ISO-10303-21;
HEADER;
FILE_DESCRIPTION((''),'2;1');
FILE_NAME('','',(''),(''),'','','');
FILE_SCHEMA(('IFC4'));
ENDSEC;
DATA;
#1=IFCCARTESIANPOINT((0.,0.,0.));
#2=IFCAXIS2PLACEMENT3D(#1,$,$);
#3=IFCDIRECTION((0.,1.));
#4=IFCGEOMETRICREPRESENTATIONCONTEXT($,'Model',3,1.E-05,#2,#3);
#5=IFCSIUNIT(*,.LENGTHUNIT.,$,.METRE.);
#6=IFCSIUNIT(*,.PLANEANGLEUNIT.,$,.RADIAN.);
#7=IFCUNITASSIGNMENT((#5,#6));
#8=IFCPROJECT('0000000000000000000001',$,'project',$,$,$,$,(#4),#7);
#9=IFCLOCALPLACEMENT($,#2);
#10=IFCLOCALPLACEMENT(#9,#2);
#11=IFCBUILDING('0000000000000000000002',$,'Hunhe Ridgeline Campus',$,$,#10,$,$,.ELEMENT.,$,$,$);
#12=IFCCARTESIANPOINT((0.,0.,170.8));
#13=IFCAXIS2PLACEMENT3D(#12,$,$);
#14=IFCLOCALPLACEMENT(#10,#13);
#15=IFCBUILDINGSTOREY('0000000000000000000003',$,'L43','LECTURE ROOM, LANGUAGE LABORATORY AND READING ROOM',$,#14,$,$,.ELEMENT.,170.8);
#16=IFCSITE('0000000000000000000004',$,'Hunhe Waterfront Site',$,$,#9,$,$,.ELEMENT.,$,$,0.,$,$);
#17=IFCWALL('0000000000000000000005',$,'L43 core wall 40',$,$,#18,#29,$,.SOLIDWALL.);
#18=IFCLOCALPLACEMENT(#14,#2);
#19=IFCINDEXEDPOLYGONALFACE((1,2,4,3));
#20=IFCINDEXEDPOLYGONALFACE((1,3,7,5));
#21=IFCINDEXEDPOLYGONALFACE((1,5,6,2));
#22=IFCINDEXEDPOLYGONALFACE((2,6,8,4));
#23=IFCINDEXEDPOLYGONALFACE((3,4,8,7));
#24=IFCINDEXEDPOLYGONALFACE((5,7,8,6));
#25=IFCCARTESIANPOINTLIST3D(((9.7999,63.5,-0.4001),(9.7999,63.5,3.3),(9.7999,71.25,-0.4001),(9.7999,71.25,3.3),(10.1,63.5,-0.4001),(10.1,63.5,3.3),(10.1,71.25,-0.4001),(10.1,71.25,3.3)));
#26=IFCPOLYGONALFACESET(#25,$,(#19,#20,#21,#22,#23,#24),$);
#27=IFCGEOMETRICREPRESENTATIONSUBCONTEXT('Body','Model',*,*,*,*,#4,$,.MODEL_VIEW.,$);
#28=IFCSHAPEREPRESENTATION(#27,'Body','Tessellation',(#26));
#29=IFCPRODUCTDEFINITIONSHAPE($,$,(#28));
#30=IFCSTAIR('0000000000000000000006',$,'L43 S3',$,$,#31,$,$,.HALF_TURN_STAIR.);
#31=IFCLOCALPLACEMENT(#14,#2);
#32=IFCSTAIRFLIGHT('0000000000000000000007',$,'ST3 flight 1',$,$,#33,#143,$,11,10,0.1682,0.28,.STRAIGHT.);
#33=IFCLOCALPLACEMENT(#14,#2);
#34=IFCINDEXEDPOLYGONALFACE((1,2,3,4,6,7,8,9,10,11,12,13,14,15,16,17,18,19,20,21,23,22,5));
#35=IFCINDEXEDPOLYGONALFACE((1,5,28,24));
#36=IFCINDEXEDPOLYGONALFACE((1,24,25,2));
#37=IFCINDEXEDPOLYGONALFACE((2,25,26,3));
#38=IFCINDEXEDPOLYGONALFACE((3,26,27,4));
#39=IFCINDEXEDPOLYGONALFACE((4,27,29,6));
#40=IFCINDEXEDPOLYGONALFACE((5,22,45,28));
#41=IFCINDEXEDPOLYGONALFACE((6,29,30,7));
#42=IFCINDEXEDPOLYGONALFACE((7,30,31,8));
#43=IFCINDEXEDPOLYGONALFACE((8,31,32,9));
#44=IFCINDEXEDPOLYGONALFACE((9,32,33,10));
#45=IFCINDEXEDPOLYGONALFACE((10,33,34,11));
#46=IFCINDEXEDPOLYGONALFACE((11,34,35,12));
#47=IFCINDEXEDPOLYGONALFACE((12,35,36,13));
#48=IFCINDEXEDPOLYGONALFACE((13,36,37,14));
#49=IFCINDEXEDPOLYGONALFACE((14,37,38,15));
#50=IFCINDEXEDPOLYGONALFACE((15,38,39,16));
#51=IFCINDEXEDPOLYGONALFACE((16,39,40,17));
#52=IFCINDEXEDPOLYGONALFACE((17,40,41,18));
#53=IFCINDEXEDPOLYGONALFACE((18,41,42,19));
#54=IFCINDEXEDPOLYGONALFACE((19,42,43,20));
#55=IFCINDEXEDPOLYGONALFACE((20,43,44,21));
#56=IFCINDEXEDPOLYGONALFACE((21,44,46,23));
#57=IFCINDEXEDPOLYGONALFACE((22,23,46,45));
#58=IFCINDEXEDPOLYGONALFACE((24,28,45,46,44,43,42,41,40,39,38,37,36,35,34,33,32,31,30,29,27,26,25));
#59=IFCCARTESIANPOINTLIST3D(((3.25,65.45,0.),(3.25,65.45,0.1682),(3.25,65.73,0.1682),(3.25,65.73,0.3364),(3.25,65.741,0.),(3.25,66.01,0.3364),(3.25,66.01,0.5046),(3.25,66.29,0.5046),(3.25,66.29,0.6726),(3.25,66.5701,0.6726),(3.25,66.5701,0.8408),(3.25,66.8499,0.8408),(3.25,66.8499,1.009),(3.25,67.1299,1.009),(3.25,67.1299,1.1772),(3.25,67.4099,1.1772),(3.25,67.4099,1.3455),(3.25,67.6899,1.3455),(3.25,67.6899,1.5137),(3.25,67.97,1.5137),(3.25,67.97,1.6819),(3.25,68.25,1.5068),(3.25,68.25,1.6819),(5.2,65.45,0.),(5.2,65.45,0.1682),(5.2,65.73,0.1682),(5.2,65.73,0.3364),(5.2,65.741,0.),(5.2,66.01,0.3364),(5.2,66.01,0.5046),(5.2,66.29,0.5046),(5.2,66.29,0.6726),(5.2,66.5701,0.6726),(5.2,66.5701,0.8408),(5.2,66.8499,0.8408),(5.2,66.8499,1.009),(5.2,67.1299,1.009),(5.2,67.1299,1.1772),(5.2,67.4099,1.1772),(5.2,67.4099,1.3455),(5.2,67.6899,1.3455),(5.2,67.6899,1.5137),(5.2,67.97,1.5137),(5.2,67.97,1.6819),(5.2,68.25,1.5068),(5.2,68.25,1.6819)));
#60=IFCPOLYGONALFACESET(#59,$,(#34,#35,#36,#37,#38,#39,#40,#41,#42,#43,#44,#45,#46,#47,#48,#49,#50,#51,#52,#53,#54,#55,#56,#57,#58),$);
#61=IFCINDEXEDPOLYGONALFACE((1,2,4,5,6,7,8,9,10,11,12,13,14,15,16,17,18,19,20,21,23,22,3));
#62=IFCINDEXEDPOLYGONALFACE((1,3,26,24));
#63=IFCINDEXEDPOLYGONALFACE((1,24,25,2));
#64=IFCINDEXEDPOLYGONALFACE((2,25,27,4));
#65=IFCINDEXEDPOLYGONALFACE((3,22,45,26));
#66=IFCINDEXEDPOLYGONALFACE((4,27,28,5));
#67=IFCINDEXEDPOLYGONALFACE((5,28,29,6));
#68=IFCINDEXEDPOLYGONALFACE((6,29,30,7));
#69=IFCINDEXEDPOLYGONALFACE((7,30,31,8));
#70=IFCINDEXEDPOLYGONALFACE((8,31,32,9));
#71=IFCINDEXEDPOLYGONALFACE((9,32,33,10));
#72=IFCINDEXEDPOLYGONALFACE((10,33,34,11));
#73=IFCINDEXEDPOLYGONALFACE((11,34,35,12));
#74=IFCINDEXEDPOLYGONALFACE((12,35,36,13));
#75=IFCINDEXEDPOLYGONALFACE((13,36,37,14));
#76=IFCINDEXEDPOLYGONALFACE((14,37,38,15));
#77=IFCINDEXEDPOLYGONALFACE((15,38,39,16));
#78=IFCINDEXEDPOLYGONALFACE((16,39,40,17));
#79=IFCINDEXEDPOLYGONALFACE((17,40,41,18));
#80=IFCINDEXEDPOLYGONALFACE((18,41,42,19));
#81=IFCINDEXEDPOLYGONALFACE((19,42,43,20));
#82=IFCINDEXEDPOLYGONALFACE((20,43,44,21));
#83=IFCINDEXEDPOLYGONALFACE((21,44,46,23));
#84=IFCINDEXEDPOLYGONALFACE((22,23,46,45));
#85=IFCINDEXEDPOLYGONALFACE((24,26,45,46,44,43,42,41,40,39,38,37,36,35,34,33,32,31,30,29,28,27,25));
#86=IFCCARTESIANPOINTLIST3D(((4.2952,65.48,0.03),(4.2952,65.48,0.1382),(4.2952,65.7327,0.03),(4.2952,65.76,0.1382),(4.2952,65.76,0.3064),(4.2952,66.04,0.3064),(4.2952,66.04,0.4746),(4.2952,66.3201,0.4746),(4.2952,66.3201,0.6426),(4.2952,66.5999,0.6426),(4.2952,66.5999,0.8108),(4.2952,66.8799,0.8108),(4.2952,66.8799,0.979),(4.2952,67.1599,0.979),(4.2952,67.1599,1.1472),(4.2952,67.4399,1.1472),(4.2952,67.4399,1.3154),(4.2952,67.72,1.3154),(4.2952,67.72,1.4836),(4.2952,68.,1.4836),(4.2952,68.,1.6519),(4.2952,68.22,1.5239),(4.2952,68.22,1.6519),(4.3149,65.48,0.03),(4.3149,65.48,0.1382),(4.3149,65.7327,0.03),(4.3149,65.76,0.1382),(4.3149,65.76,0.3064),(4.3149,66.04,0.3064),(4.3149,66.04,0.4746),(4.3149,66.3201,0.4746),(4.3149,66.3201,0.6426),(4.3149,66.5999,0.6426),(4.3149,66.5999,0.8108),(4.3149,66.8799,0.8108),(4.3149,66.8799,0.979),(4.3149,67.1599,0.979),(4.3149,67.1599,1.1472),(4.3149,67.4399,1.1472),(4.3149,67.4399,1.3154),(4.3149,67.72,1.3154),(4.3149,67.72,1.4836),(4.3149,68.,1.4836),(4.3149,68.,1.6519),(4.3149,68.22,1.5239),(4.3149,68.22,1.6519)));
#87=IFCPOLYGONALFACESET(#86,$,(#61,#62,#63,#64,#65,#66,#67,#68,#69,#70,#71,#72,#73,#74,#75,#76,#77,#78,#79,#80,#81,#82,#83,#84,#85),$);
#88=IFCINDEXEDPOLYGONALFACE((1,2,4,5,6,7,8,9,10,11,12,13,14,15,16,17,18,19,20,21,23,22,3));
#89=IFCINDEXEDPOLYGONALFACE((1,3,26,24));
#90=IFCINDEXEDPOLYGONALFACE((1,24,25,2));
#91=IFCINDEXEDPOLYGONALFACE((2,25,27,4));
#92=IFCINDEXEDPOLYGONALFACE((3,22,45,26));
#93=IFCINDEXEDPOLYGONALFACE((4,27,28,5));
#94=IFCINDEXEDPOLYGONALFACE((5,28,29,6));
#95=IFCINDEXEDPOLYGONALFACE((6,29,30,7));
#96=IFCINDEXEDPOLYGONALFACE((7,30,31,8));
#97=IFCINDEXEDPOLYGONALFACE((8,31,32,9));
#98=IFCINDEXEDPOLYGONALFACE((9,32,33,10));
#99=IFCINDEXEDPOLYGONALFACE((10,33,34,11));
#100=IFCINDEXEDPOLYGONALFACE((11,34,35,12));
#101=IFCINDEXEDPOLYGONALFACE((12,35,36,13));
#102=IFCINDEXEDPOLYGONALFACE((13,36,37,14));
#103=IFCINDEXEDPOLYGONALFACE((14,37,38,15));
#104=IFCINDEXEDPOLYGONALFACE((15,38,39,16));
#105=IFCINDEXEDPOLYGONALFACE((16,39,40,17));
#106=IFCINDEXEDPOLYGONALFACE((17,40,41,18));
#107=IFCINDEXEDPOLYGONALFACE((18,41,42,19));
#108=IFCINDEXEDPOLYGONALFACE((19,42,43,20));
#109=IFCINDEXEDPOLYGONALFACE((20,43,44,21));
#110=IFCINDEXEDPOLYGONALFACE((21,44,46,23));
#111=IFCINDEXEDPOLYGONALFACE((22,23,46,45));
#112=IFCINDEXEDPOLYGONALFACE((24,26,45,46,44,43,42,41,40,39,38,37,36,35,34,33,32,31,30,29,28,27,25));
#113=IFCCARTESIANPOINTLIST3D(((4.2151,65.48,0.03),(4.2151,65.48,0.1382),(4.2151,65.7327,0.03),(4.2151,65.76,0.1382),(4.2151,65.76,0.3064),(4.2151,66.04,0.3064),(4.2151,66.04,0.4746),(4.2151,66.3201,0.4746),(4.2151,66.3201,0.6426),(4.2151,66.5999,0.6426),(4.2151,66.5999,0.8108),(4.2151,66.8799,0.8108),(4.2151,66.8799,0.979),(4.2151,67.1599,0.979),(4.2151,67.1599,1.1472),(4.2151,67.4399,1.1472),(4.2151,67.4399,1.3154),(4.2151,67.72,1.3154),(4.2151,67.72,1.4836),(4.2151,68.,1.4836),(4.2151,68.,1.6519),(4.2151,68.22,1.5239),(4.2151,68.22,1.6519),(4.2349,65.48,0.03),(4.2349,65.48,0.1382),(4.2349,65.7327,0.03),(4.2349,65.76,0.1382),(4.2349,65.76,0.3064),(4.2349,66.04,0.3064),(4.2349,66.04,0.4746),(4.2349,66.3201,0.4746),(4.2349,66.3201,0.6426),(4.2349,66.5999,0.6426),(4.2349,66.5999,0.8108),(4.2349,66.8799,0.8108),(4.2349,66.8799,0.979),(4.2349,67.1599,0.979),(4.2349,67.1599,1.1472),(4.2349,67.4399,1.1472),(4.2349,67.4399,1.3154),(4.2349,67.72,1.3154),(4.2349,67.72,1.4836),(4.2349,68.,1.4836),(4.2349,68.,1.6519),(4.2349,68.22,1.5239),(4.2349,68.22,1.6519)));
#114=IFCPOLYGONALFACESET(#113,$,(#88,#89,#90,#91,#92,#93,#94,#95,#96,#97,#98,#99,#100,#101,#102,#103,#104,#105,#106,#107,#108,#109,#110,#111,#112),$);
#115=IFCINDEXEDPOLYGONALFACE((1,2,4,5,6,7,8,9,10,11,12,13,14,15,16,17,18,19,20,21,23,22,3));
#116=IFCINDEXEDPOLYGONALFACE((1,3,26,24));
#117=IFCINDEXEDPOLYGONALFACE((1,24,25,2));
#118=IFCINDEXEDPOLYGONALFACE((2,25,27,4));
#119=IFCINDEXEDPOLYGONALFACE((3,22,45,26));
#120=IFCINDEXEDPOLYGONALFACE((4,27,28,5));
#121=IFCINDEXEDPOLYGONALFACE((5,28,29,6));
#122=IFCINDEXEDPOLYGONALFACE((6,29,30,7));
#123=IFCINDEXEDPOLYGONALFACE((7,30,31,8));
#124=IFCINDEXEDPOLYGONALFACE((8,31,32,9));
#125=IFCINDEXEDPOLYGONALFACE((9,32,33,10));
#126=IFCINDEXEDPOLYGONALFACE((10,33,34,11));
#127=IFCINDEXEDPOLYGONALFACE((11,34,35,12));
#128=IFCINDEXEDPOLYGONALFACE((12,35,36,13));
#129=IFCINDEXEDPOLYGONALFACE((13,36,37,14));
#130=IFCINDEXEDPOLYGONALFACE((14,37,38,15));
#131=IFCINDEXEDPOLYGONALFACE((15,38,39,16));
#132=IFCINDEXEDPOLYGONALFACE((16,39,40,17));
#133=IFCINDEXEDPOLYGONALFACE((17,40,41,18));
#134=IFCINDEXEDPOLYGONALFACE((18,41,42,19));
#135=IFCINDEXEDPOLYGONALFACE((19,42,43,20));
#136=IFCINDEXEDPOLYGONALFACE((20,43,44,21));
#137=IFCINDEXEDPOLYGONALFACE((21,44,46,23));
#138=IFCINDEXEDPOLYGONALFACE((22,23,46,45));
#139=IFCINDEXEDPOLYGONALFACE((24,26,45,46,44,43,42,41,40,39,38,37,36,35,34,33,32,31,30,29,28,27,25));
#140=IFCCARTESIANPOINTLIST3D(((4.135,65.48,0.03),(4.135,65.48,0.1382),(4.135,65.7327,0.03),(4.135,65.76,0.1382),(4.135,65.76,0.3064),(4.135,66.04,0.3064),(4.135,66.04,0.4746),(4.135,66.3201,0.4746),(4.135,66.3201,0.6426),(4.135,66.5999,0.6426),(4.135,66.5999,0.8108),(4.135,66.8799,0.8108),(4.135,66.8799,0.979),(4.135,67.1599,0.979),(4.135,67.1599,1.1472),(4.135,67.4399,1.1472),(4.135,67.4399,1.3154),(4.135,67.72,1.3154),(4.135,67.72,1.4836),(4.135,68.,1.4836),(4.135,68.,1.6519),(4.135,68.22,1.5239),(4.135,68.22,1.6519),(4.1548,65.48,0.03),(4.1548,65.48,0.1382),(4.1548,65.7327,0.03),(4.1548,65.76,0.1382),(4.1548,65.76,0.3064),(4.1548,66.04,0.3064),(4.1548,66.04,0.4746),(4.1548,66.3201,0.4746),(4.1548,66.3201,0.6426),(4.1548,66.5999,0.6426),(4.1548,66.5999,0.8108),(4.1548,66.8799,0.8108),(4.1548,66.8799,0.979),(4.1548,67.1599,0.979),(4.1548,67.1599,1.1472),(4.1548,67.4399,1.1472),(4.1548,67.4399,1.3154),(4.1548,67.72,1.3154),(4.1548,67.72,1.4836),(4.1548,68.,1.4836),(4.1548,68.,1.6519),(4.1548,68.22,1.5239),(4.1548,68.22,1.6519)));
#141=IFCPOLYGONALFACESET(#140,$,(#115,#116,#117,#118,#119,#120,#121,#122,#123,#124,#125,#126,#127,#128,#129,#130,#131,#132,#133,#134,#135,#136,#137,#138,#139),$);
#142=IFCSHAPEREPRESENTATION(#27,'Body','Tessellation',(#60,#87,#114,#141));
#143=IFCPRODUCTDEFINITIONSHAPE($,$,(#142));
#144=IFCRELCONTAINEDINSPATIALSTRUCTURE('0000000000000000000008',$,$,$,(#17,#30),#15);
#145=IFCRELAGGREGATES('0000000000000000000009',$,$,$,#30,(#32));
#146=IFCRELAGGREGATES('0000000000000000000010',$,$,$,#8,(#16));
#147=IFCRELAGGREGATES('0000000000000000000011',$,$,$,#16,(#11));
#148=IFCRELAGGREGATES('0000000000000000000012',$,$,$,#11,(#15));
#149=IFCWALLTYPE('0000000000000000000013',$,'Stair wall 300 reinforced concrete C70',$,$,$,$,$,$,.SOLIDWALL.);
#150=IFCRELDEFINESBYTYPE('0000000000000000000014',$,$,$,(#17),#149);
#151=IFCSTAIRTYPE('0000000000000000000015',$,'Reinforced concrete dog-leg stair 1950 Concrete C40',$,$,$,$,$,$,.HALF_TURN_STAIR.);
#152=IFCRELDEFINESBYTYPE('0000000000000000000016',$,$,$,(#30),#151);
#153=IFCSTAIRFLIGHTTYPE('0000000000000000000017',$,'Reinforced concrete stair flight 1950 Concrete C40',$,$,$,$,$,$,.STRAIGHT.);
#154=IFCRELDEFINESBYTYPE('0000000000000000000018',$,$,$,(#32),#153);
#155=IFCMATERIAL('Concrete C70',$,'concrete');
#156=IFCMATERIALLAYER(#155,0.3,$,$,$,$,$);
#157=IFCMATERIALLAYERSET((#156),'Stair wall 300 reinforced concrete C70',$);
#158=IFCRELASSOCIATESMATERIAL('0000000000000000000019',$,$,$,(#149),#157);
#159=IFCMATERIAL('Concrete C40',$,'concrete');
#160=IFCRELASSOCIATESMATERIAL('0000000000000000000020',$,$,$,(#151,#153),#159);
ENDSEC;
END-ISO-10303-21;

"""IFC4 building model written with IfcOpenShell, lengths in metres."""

from ifc_helpers import new_model, si_unit, direction, frame, frame_2d, origin, place, context, subcontext, project, spatial, polyline, rectangle, outline, extrude, material, layer, layer_set, type_object, element, aggregate, save


model = new_model("IFC4")

# Units and contexts
model_context = context("Model", 3, precision=1e-05, world=origin(), true_north=direction((0.0, 1.0)))
body_context = subcontext(model_context, "Body", "Model", "MODEL_VIEW")
ifc_project = project(units=[si_unit("LENGTHUNIT", "METRE"), si_unit("PLANEANGLEUNIT", "RADIAN")], contexts=[model_context])

# Site, building, storey
site_placement = place(None, origin())
site = spatial("IfcSite", under=ifc_project, at=site_placement, Name="Hunhe Waterfront Site", CompositionType="ELEMENT", RefElevation=0.0)
building_placement = place(site_placement, origin())
building = spatial("IfcBuilding", under=site, at=building_placement, Name="Hunhe Ridgeline Campus", CompositionType="ELEMENT")
storey_placement = place(building_placement, frame((0.0, 0.0, 170.8)))
storey = spatial("IfcBuildingStorey", under=building, at=storey_placement, Name="L43", Description="LECTURE ROOM, LANGUAGE LABORATORY AND READING ROOM", CompositionType="ELEMENT", Elevation=170.8)

# Shared definitions
ifc_material_1 = material(Name="Concrete C70", Category="concrete")

# Shared definitions
ifc_layer_1 = layer(ifc_material_1, 0.3)
ifc_layer_set_1 = layer_set([ifc_layer_1], Name="Stair wall 300 reinforced concrete C70")
wall_type_1 = type_object("IfcWallType", Name="Stair wall 300 reinforced concrete C70", PredefinedType="SOLIDWALL", material=ifc_layer_set_1)

# Wall
wall_1_placement = place(storey_placement, frame((9.95, 63.5, -0.4001), z_axis=(0.0, 0.0, 1.0), x_axis=(0.0, 1.0, 0.0)))
element("IfcWall", 1, at=wall_1_placement, inside=storey, type_object=wall_type_1, Name="L43 core wall 40", PredefinedType="SOLIDWALL", context=body_context, shape_type="SweptSolid", body=[
    extrude(rectangle(XDim=7.75, YDim=0.3, at=frame_2d((3.875, 0.0))), origin(), (0.0, 0.0, 1.0), 3.7002),
])

# Stair, stair flight
ifc_material_2 = material(Name="Concrete C40", Category="concrete")
stair_type = type_object("IfcStairType", Name="Reinforced concrete dog-leg stair 1950 Concrete C40", PredefinedType="HALF_TURN_STAIR", material=ifc_material_2)
stair_1_placement = place(storey_placement, origin())
stair_1 = element("IfcStair", 2, at=stair_1_placement, inside=storey, type_object=stair_type, Name="L43 S3", PredefinedType="HALF_TURN_STAIR")
stair_flight_type = type_object("IfcStairFlightType", Name="Reinforced concrete stair flight 1950 Concrete C40", PredefinedType="STRAIGHT", material=ifc_material_2)
stair_flight_1_placement = place(storey_placement, frame((4.2251, 65.45, 0.0), z_axis=(0.0, 0.0, 1.0), x_axis=(0.0, 1.0, 0.0)))
stair_flight_1 = element("IfcStairFlight", 3, at=stair_flight_1_placement, type_object=stair_flight_type, Name="ST3 flight 1", NumberOfRisers=11, NumberOfTreads=10, PredefinedType="STRAIGHT", RiserHeight=0.1682, TreadLength=0.28, context=body_context, shape_type="SweptSolid", body=[
    extrude(outline(polyline([(0.0, 0.0), (0.0, 0.1682), (0.28, 0.1682), (0.28, 0.3364), (0.5601, 0.3364), (0.5601, 0.5046), (0.8401, 0.5046), (0.8401, 0.6726), (1.1201, 0.6726), (1.1201, 0.8408), (1.3999, 0.8408), (1.3999, 1.009), (1.6799, 1.009), (1.6799, 1.1772), (1.96, 1.1772), (1.96, 1.3455), (2.24, 1.3455), (2.24, 1.5137), (2.52, 1.5137), (2.52, 1.6819), (2.8, 1.6819), (2.8, 1.8501), (2.8, 1.5068), (0.291, 0.0), (0.0, 0.0)])), frame((0.0, 0.9751, 0.0), z_axis=(0.0, -1.0, 0.0), x_axis=(1.0, 0.0, 0.0)), (0.0, 0.0, 1.0), 1.95),
    extrude(outline(polyline([(0.03, 0.03), (0.03, 0.1382), (0.3101, 0.1382), (0.3101, 0.3064), (0.5901, 0.3064), (0.5901, 0.4746), (0.8701, 0.4746), (0.8701, 0.6426), (1.1499, 0.6426), (1.1499, 0.8108), (1.4299, 0.8108), (1.4299, 0.979), (1.71, 0.979), (1.71, 1.1472), (1.99, 1.1472), (1.99, 1.3154), (2.27, 1.3154), (2.27, 1.4836), (2.55, 1.4836), (2.55, 1.6519), (2.77, 1.6519), (2.77, 1.5239), (0.2827, 0.03), (0.03, 0.03)])), frame((0.0, -0.0701, 0.0), z_axis=(0.0, -1.0, 0.0), x_axis=(1.0, 0.0, 0.0)), (0.0, 0.0, 1.0), 0.0198),
    extrude(outline(polyline([(0.03, 0.03), (0.03, 0.1382), (0.3101, 0.1382), (0.3101, 0.3064), (0.5901, 0.3064), (0.5901, 0.4746), (0.8701, 0.4746), (0.8701, 0.6426), (1.1499, 0.6426), (1.1499, 0.8108), (1.4299, 0.8108), (1.4299, 0.979), (1.71, 0.979), (1.71, 1.1472), (1.99, 1.1472), (1.99, 1.3154), (2.27, 1.3154), (2.27, 1.4836), (2.55, 1.4836), (2.55, 1.6519), (2.77, 1.6519), (2.77, 1.5239), (0.2827, 0.03), (0.03, 0.03)])), frame((0.0, 0.01, 0.0), z_axis=(0.0, -1.0, 0.0), x_axis=(1.0, 0.0, 0.0)), (0.0, 0.0, 1.0), 0.0198),
    extrude(outline(polyline([(0.03, 0.03), (0.03, 0.1382), (0.3101, 0.1382), (0.3101, 0.3064), (0.5901, 0.3064), (0.5901, 0.4746), (0.8701, 0.4746), (0.8701, 0.6426), (1.1499, 0.6426), (1.1499, 0.8108), (1.4299, 0.8108), (1.4299, 0.979), (1.71, 0.979), (1.71, 1.1472), (1.99, 1.1472), (1.99, 1.3154), (2.27, 1.3154), (2.27, 1.4836), (2.55, 1.4836), (2.55, 1.6519), (2.77, 1.6519), (2.77, 1.5239), (0.2827, 0.03), (0.03, 0.03)])), frame((0.0, 0.0901, 0.0), z_axis=(0.0, -1.0, 0.0), x_axis=(1.0, 0.0, 0.0)), (0.0, 0.0, 1.0), 0.0198),
])
aggregate(stair_1, [stair_flight_1])

save(model, "model.ifc")
